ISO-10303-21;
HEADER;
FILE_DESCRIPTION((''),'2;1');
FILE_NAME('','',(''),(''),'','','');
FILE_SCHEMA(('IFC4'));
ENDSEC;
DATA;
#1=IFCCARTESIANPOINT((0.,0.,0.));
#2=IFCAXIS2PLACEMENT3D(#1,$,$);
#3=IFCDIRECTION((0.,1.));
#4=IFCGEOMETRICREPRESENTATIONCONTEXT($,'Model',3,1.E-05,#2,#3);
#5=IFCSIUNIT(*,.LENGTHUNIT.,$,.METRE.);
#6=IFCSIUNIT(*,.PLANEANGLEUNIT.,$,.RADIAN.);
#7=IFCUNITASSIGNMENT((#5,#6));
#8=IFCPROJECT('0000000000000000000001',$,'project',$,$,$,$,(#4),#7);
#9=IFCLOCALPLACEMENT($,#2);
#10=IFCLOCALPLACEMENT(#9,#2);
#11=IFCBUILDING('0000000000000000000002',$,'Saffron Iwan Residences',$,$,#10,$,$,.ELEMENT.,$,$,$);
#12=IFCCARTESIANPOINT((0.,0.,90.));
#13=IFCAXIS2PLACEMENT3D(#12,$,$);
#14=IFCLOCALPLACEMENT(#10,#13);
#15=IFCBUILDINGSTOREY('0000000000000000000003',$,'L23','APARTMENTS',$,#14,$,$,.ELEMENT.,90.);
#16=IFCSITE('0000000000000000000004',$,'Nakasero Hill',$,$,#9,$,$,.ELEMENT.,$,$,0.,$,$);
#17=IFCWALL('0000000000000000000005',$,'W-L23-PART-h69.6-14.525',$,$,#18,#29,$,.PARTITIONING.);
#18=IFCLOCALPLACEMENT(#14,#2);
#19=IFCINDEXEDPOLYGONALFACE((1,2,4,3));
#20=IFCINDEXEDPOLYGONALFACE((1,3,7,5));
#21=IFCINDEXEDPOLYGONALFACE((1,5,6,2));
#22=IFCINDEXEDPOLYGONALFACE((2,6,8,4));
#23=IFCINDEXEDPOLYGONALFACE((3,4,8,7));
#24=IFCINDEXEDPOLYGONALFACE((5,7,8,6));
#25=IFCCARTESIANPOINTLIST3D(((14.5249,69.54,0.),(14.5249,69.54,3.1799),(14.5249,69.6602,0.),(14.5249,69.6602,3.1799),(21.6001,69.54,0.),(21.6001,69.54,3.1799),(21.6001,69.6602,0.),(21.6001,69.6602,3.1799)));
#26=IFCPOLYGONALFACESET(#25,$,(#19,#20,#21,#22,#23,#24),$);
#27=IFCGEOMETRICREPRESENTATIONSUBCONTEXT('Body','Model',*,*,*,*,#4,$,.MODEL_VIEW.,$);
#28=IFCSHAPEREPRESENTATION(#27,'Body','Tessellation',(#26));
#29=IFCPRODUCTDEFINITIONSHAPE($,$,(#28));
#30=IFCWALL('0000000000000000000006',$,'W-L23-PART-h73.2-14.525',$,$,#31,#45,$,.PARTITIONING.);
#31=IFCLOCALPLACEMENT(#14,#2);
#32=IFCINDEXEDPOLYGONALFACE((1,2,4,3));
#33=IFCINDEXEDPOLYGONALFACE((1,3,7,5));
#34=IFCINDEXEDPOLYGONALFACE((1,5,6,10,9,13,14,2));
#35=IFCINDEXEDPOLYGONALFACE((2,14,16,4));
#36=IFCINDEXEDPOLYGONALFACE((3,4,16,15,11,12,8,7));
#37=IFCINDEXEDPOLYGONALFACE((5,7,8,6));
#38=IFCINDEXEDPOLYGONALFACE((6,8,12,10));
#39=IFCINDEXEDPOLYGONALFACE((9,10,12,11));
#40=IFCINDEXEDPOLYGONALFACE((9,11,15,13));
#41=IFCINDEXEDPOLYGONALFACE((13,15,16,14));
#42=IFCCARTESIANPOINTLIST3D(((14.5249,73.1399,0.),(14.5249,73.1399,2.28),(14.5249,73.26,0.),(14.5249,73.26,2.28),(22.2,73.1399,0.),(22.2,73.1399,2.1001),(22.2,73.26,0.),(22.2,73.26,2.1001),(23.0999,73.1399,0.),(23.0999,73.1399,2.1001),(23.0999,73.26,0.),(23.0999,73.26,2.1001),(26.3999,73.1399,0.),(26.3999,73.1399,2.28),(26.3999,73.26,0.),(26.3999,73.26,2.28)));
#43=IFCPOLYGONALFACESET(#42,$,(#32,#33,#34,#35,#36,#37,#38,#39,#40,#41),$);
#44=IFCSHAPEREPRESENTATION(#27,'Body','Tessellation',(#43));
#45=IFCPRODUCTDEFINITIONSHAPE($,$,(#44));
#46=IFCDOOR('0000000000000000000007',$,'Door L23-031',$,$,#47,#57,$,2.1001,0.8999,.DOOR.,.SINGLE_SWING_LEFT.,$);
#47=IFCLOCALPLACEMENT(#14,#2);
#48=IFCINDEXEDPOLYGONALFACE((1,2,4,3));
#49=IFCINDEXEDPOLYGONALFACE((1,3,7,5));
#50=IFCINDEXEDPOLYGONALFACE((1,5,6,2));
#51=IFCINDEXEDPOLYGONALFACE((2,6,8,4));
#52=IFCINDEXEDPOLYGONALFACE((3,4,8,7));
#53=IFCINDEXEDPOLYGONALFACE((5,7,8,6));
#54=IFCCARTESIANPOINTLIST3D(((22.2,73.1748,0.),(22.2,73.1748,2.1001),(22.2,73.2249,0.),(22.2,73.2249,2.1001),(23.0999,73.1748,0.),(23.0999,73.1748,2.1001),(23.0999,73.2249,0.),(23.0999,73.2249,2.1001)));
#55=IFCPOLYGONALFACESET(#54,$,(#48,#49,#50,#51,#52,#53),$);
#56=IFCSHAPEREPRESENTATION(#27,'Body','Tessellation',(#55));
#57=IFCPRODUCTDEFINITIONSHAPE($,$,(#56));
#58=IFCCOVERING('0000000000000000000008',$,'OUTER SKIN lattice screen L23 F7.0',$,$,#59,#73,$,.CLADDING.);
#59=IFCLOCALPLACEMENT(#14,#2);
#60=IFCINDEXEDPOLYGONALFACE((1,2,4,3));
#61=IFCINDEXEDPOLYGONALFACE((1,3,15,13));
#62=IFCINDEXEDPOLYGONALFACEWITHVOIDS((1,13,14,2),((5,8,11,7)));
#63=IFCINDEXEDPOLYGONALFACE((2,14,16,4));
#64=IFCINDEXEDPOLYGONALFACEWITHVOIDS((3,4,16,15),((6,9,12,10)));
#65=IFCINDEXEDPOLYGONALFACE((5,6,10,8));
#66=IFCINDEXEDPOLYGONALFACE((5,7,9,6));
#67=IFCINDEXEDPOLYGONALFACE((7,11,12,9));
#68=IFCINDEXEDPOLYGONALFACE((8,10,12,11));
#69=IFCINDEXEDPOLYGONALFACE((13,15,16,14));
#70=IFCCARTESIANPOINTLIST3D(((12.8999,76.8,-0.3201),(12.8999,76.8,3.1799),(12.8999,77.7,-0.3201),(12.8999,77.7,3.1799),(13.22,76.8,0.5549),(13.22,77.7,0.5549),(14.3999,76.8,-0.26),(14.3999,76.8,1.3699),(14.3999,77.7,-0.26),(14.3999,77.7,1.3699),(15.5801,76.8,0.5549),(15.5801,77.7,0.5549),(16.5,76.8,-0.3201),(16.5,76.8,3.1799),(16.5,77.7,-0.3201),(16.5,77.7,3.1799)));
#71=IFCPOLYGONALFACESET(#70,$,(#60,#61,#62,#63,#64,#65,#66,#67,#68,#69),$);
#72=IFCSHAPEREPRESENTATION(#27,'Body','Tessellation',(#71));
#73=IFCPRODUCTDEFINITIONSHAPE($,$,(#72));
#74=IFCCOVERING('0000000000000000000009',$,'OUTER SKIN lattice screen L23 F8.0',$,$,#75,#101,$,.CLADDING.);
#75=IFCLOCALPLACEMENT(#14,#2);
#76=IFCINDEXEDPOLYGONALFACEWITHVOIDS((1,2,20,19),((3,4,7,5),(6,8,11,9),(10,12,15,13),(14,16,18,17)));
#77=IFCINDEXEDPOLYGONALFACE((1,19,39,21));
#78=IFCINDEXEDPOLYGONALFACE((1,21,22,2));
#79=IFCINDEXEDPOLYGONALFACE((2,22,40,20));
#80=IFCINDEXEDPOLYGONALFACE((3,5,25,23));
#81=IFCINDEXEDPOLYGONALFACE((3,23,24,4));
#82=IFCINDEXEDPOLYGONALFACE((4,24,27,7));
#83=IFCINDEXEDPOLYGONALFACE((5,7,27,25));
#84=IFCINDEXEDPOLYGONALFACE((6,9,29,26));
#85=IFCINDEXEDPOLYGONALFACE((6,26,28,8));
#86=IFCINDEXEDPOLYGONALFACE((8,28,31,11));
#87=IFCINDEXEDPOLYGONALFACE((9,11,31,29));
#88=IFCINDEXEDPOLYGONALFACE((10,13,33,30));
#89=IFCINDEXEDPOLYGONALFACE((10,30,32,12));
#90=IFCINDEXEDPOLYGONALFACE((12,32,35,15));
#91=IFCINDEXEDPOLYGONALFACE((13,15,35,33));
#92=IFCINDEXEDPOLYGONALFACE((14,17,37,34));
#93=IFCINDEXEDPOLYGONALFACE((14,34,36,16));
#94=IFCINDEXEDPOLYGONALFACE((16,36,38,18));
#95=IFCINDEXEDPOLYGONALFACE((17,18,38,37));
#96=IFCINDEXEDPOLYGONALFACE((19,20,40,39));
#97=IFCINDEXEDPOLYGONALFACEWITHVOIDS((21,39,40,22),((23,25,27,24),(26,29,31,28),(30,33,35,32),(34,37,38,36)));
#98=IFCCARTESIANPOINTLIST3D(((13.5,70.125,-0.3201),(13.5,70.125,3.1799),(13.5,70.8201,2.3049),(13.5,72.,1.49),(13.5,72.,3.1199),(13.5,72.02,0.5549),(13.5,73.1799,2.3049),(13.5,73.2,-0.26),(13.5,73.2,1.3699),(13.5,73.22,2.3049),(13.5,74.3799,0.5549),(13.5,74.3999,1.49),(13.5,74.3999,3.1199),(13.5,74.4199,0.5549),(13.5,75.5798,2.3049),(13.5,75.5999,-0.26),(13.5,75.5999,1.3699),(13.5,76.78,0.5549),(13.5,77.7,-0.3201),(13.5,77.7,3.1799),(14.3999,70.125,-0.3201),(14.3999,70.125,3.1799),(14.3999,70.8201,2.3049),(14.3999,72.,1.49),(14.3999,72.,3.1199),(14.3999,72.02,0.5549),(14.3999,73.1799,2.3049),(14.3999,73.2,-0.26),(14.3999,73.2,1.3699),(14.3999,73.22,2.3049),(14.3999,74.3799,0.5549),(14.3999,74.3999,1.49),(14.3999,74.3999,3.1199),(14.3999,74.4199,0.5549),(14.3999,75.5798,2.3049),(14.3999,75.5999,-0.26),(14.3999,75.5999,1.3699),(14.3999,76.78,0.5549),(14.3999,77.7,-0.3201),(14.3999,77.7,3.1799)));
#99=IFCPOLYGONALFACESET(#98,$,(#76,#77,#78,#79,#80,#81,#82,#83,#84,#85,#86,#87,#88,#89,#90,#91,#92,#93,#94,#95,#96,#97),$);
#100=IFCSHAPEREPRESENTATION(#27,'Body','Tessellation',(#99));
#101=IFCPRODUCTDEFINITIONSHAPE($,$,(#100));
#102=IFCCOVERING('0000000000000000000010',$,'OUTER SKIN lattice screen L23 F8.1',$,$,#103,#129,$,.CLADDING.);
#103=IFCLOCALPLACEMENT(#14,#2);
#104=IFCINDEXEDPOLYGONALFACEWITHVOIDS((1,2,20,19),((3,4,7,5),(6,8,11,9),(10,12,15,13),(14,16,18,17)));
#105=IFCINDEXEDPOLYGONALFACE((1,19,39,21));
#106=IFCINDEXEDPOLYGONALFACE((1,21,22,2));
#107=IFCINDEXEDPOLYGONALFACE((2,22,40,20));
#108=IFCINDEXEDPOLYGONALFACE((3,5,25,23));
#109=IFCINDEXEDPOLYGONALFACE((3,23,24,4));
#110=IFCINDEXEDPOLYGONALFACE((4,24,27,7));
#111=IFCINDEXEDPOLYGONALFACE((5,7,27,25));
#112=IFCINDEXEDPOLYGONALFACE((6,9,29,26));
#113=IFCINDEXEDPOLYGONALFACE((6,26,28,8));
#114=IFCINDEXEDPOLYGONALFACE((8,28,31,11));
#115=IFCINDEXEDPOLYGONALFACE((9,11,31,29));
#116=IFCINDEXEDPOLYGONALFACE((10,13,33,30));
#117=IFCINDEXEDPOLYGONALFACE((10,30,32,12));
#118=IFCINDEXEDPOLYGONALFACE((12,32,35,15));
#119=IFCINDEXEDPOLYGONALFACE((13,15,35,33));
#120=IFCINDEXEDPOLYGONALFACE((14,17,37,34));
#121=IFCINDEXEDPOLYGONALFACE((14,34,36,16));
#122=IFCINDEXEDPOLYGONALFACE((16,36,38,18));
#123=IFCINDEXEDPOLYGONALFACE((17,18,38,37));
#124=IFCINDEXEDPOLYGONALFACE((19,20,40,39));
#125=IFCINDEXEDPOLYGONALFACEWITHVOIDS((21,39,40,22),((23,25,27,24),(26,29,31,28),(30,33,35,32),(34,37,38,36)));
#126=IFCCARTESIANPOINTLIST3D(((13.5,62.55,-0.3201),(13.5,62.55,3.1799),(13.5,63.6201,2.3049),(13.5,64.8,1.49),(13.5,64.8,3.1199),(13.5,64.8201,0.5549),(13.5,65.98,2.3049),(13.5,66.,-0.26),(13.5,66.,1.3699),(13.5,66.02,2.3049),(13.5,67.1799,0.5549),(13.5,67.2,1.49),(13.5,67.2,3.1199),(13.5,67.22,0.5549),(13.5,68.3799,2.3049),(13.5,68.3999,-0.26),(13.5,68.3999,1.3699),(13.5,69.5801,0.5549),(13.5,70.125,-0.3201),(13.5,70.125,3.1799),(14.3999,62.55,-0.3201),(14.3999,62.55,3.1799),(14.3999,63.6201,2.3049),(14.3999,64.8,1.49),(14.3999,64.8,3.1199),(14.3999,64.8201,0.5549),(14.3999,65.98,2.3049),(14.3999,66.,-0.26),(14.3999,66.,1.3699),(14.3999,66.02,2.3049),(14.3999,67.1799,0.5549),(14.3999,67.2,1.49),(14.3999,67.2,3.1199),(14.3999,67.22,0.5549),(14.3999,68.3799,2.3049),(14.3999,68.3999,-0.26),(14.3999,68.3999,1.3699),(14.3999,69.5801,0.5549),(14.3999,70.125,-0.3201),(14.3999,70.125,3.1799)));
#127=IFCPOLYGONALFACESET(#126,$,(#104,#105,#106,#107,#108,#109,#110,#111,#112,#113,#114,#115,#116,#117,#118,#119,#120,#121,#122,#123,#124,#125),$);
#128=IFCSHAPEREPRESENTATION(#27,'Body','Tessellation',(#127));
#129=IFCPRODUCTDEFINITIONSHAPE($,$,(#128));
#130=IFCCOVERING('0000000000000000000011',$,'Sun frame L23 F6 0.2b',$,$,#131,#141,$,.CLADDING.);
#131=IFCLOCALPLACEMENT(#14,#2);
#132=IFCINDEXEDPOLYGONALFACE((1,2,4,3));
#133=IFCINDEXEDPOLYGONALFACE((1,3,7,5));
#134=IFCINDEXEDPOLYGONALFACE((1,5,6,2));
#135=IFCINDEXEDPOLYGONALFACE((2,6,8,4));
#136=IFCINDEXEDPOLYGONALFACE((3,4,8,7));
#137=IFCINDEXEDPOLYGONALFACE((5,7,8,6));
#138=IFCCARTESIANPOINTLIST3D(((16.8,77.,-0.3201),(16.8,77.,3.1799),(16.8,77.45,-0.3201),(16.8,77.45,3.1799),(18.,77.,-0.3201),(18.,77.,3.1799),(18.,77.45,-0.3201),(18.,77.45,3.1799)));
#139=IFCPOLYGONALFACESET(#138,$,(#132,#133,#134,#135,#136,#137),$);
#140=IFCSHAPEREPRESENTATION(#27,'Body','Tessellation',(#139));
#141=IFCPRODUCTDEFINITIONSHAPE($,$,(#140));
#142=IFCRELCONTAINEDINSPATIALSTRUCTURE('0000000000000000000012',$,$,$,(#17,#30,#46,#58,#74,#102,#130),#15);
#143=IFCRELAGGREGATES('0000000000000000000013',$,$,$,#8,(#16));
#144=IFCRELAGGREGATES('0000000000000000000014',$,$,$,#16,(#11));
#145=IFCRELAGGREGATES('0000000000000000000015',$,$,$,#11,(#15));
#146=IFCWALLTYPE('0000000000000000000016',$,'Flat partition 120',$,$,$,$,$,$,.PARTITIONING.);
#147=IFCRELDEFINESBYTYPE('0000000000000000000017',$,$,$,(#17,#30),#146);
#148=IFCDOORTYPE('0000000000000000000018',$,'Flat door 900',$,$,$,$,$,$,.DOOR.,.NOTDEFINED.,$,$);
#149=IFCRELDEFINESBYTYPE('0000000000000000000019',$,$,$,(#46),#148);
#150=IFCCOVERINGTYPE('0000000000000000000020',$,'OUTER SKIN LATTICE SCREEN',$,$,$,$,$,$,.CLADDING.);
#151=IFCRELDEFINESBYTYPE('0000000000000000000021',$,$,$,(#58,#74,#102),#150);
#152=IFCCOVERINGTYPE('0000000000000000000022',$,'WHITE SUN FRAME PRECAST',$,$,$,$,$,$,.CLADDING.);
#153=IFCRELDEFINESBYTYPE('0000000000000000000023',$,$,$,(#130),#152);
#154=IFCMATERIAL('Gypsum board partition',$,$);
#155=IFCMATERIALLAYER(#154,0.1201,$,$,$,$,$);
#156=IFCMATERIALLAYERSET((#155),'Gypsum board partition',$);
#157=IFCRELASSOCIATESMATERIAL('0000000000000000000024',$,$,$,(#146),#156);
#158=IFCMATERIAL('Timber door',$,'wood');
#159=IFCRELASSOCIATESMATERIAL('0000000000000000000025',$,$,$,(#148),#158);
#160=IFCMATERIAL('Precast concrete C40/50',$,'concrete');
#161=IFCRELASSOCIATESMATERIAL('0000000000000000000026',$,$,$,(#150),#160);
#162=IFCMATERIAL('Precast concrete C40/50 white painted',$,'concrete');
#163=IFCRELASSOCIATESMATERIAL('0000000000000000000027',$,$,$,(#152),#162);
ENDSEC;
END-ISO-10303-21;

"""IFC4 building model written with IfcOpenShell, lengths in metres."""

from ifc_helpers import new_model, si_unit, direction, frame, frame_2d, origin, place, context, subcontext, project, spatial, polyline, rectangle, outline, extrude, material, layer, layer_set, type_object, element, fill, save


model = new_model("IFC4")

# Units and contexts
model_context = context("Model", 3, precision=1e-05, world=origin(), true_north=direction((0.0, 1.0)))
body_context = subcontext(model_context, "Body", "Model", "MODEL_VIEW")
ifc_project = project(units=[si_unit("LENGTHUNIT", "METRE"), si_unit("PLANEANGLEUNIT", "RADIAN")], contexts=[model_context])

# Site, building, storey
site_placement = place(None, origin())
site = spatial("IfcSite", under=ifc_project, at=site_placement, Name="Nakasero Hill", CompositionType="ELEMENT", RefElevation=0.0)
building_placement = place(site_placement, origin())
building = spatial("IfcBuilding", under=site, at=building_placement, Name="Saffron Iwan Residences", CompositionType="ELEMENT")
storey_placement = place(building_placement, frame((0.0, 0.0, 90.0)))
storey = spatial("IfcBuildingStorey", under=building, at=storey_placement, Name="L23", Description="APARTMENTS", CompositionType="ELEMENT", Elevation=90.0)

# Wall
ifc_material_1 = material(Name="Gypsum board partition")
ifc_layer_1 = layer(ifc_material_1, 0.1201)
ifc_layer_set_1 = layer_set([ifc_layer_1], Name="Gypsum board partition")
wall_type_1 = type_object("IfcWallType", Name="Flat partition 120", PredefinedType="PARTITIONING", material=ifc_layer_set_1)
wall_1_placement = place(storey_placement, frame((14.5249, 69.6001, 0.0), z_axis=(0.0, 0.0, 1.0), x_axis=(1.0, 0.0, 0.0)))
element("IfcWall", 1, at=wall_1_placement, inside=storey, type_object=wall_type_1, Name="W-L23-PART-h69.6-14.525", PredefinedType="PARTITIONING", context=body_context, shape_type="SweptSolid", body=[
    extrude(rectangle(XDim=7.0752, YDim=0.1201, at=frame_2d((3.5376, 0.0))), origin(), (0.0, 0.0, 1.0), 3.1799),
])

# Wall, opening, door
wall_2_placement = place(storey_placement, frame((14.5249, 73.2, 0.0), z_axis=(0.0, 0.0, 1.0), x_axis=(1.0, 0.0, 0.0)))
wall_2 = element("IfcWall", 2, at=wall_2_placement, inside=storey, type_object=wall_type_1, Name="W-L23-PART-h73.2-14.525", PredefinedType="PARTITIONING", context=body_context, shape_type="SweptSolid", body=[
    extrude(rectangle(XDim=11.875, YDim=0.1201, at=frame_2d((5.9375, 0.0))), origin(), (0.0, 0.0, 1.0), 2.28),
])
opening_1_placement = place(wall_2_placement, frame((7.675, 0.0, 0.0)))
opening_1 = element("IfcOpeningElement", 3, at=opening_1_placement, cuts=wall_2, PredefinedType="OPENING", context=body_context, shape_type="SweptSolid", body=[
    extrude(rectangle(XDim=0.8999, YDim=2.1001, at=frame_2d((0.45, 1.05))), frame((0.0, 0.0701, 0.0), z_axis=(0.0, -1.0, 0.0), x_axis=(1.0, 0.0, 0.0)), (0.0, 0.0, 1.0), 0.1401),
])
ifc_material_2 = material(Name="Timber door", Category="wood")
door_type = type_object("IfcDoorType", Name="Flat door 900", OperationType="NOTDEFINED", PredefinedType="DOOR", material=ifc_material_2)
door_placement = place(opening_1_placement, origin())
door = element("IfcDoor", 4, at=door_placement, inside=storey, type_object=door_type, Name="Door L23-031", OperationType="SINGLE_SWING_LEFT", OverallHeight=2.1001, OverallWidth=0.8999, PredefinedType="DOOR", context=body_context, shape_type="SweptSolid", body=[
    extrude(rectangle(XDim=0.8999, YDim=2.1001, at=frame_2d((0.45, 1.05))), frame((0.0, 0.0249, 0.0), z_axis=(0.0, -1.0, 0.0), x_axis=(1.0, 0.0, 0.0)), (0.0, 0.0, 1.0), 0.05),
])
fill(opening_1, door)

# Coverings
ifc_material_3 = material(Name="Precast concrete C40/50", Category="concrete")
covering_type_1 = type_object("IfcCoveringType", Name="OUTER SKIN LATTICE SCREEN", PredefinedType="CLADDING", material=ifc_material_3)
covering_1_placement = place(storey_placement, frame((16.5, 76.8, -0.3201), z_axis=(0.0, 1.0, 0.0), x_axis=(-1.0, 0.0, 0.0)))
element("IfcCovering", 5, at=covering_1_placement, inside=storey, type_object=covering_type_1, Name="OUTER SKIN lattice screen L23 F7.0", PredefinedType="CLADDING", context=body_context, shape_type="SweptSolid", body=[
    extrude(outline(polyline([(0.0, 0.0), (3.6001, 0.0), (3.6001, 3.5), (0.0, 3.5), (0.0, 0.0)]), holes=[polyline([(0.9199, 0.875), (2.1001, 0.0601), (3.28, 0.875), (2.1001, 1.6899), (0.9199, 0.875)])]), origin(), (0.0, 0.0, 1.0), 0.8999),
])
covering_2_placement = place(storey_placement, frame((14.3999, 77.7, -0.3201), z_axis=(-1.0, 0.0, 0.0), x_axis=(0.0, -1.0, 0.0)))
element("IfcCovering", 6, at=covering_2_placement, inside=storey, type_object=covering_type_1, Name="OUTER SKIN lattice screen L23 F8.0", PredefinedType="CLADDING", context=body_context, shape_type="SweptSolid", body=[
    extrude(outline(polyline([(0.0, 0.0), (7.575, 0.0), (7.575, 3.5), (0.0, 3.5), (0.0, 0.0)]), holes=[polyline([(0.9199, 0.875), (2.1001, 0.0601), (3.28, 0.875), (2.1001, 1.6899), (0.9199, 0.875)]), polyline([(3.3201, 0.875), (4.5, 0.0601), (5.6799, 0.875), (4.5, 1.6899), (3.3201, 0.875)]), polyline([(2.1201, 2.625), (3.3, 1.8101), (4.48, 2.625), (3.3, 3.4399), (2.1201, 2.625)]), polyline([(4.52, 2.625), (5.7, 1.8101), (6.8799, 2.625), (5.7, 3.4399), (4.52, 2.625)])]), origin(), (0.0, 0.0, 1.0), 0.8999),
])
covering_3_placement = place(storey_placement, frame((14.3999, 70.125, -0.3201), z_axis=(-1.0, 0.0, 0.0), x_axis=(0.0, -1.0, 0.0)))
element("IfcCovering", 7, at=covering_3_placement, inside=storey, type_object=covering_type_1, Name="OUTER SKIN lattice screen L23 F8.1", PredefinedType="CLADDING", context=body_context, shape_type="SweptSolid", body=[
    extrude(outline(polyline([(0.0, 0.0), (7.575, 0.0), (7.575, 3.5), (0.0, 3.5), (0.0, 0.0)]), holes=[polyline([(0.5449, 0.875), (1.7251, 0.0601), (2.905, 0.875), (1.7251, 1.6899), (0.5449, 0.875)]), polyline([(2.9451, 0.875), (4.125, 0.0601), (5.3049, 0.875), (4.125, 1.6899), (2.9451, 0.875)]), polyline([(1.7451, 2.625), (2.925, 1.8101), (4.105, 2.625), (2.925, 3.4399), (1.7451, 2.625)]), polyline([(4.145, 2.625), (5.325, 1.8101), (6.5049, 2.625), (5.325, 3.4399), (4.145, 2.625)])]), origin(), (0.0, 0.0, 1.0), 0.8999),
])
ifc_material_4 = material(Name="Precast concrete C40/50 white painted", Category="concrete")
covering_type_2 = type_object("IfcCoveringType", Name="WHITE SUN FRAME PRECAST", PredefinedType="CLADDING", material=ifc_material_4)
covering_4_placement = place(storey_placement, frame((18.0, 77.45, -0.3201), z_axis=(-1.0, 0.0, 0.0), x_axis=(0.0, -1.0, 0.0)))
element("IfcCovering", 8, at=covering_4_placement, inside=storey, type_object=covering_type_2, Name="Sun frame L23 F6 0.2b", PredefinedType="CLADDING", context=body_context, shape_type="SweptSolid", body=[
    extrude(outline(polyline([(0.0, 0.0), (0.45, 0.0), (0.45, 3.5), (0.0, 3.5), (0.0, 0.0)])), origin(), (0.0, 0.0, 1.0), 1.2),
])

save(model, "model.ifc")
